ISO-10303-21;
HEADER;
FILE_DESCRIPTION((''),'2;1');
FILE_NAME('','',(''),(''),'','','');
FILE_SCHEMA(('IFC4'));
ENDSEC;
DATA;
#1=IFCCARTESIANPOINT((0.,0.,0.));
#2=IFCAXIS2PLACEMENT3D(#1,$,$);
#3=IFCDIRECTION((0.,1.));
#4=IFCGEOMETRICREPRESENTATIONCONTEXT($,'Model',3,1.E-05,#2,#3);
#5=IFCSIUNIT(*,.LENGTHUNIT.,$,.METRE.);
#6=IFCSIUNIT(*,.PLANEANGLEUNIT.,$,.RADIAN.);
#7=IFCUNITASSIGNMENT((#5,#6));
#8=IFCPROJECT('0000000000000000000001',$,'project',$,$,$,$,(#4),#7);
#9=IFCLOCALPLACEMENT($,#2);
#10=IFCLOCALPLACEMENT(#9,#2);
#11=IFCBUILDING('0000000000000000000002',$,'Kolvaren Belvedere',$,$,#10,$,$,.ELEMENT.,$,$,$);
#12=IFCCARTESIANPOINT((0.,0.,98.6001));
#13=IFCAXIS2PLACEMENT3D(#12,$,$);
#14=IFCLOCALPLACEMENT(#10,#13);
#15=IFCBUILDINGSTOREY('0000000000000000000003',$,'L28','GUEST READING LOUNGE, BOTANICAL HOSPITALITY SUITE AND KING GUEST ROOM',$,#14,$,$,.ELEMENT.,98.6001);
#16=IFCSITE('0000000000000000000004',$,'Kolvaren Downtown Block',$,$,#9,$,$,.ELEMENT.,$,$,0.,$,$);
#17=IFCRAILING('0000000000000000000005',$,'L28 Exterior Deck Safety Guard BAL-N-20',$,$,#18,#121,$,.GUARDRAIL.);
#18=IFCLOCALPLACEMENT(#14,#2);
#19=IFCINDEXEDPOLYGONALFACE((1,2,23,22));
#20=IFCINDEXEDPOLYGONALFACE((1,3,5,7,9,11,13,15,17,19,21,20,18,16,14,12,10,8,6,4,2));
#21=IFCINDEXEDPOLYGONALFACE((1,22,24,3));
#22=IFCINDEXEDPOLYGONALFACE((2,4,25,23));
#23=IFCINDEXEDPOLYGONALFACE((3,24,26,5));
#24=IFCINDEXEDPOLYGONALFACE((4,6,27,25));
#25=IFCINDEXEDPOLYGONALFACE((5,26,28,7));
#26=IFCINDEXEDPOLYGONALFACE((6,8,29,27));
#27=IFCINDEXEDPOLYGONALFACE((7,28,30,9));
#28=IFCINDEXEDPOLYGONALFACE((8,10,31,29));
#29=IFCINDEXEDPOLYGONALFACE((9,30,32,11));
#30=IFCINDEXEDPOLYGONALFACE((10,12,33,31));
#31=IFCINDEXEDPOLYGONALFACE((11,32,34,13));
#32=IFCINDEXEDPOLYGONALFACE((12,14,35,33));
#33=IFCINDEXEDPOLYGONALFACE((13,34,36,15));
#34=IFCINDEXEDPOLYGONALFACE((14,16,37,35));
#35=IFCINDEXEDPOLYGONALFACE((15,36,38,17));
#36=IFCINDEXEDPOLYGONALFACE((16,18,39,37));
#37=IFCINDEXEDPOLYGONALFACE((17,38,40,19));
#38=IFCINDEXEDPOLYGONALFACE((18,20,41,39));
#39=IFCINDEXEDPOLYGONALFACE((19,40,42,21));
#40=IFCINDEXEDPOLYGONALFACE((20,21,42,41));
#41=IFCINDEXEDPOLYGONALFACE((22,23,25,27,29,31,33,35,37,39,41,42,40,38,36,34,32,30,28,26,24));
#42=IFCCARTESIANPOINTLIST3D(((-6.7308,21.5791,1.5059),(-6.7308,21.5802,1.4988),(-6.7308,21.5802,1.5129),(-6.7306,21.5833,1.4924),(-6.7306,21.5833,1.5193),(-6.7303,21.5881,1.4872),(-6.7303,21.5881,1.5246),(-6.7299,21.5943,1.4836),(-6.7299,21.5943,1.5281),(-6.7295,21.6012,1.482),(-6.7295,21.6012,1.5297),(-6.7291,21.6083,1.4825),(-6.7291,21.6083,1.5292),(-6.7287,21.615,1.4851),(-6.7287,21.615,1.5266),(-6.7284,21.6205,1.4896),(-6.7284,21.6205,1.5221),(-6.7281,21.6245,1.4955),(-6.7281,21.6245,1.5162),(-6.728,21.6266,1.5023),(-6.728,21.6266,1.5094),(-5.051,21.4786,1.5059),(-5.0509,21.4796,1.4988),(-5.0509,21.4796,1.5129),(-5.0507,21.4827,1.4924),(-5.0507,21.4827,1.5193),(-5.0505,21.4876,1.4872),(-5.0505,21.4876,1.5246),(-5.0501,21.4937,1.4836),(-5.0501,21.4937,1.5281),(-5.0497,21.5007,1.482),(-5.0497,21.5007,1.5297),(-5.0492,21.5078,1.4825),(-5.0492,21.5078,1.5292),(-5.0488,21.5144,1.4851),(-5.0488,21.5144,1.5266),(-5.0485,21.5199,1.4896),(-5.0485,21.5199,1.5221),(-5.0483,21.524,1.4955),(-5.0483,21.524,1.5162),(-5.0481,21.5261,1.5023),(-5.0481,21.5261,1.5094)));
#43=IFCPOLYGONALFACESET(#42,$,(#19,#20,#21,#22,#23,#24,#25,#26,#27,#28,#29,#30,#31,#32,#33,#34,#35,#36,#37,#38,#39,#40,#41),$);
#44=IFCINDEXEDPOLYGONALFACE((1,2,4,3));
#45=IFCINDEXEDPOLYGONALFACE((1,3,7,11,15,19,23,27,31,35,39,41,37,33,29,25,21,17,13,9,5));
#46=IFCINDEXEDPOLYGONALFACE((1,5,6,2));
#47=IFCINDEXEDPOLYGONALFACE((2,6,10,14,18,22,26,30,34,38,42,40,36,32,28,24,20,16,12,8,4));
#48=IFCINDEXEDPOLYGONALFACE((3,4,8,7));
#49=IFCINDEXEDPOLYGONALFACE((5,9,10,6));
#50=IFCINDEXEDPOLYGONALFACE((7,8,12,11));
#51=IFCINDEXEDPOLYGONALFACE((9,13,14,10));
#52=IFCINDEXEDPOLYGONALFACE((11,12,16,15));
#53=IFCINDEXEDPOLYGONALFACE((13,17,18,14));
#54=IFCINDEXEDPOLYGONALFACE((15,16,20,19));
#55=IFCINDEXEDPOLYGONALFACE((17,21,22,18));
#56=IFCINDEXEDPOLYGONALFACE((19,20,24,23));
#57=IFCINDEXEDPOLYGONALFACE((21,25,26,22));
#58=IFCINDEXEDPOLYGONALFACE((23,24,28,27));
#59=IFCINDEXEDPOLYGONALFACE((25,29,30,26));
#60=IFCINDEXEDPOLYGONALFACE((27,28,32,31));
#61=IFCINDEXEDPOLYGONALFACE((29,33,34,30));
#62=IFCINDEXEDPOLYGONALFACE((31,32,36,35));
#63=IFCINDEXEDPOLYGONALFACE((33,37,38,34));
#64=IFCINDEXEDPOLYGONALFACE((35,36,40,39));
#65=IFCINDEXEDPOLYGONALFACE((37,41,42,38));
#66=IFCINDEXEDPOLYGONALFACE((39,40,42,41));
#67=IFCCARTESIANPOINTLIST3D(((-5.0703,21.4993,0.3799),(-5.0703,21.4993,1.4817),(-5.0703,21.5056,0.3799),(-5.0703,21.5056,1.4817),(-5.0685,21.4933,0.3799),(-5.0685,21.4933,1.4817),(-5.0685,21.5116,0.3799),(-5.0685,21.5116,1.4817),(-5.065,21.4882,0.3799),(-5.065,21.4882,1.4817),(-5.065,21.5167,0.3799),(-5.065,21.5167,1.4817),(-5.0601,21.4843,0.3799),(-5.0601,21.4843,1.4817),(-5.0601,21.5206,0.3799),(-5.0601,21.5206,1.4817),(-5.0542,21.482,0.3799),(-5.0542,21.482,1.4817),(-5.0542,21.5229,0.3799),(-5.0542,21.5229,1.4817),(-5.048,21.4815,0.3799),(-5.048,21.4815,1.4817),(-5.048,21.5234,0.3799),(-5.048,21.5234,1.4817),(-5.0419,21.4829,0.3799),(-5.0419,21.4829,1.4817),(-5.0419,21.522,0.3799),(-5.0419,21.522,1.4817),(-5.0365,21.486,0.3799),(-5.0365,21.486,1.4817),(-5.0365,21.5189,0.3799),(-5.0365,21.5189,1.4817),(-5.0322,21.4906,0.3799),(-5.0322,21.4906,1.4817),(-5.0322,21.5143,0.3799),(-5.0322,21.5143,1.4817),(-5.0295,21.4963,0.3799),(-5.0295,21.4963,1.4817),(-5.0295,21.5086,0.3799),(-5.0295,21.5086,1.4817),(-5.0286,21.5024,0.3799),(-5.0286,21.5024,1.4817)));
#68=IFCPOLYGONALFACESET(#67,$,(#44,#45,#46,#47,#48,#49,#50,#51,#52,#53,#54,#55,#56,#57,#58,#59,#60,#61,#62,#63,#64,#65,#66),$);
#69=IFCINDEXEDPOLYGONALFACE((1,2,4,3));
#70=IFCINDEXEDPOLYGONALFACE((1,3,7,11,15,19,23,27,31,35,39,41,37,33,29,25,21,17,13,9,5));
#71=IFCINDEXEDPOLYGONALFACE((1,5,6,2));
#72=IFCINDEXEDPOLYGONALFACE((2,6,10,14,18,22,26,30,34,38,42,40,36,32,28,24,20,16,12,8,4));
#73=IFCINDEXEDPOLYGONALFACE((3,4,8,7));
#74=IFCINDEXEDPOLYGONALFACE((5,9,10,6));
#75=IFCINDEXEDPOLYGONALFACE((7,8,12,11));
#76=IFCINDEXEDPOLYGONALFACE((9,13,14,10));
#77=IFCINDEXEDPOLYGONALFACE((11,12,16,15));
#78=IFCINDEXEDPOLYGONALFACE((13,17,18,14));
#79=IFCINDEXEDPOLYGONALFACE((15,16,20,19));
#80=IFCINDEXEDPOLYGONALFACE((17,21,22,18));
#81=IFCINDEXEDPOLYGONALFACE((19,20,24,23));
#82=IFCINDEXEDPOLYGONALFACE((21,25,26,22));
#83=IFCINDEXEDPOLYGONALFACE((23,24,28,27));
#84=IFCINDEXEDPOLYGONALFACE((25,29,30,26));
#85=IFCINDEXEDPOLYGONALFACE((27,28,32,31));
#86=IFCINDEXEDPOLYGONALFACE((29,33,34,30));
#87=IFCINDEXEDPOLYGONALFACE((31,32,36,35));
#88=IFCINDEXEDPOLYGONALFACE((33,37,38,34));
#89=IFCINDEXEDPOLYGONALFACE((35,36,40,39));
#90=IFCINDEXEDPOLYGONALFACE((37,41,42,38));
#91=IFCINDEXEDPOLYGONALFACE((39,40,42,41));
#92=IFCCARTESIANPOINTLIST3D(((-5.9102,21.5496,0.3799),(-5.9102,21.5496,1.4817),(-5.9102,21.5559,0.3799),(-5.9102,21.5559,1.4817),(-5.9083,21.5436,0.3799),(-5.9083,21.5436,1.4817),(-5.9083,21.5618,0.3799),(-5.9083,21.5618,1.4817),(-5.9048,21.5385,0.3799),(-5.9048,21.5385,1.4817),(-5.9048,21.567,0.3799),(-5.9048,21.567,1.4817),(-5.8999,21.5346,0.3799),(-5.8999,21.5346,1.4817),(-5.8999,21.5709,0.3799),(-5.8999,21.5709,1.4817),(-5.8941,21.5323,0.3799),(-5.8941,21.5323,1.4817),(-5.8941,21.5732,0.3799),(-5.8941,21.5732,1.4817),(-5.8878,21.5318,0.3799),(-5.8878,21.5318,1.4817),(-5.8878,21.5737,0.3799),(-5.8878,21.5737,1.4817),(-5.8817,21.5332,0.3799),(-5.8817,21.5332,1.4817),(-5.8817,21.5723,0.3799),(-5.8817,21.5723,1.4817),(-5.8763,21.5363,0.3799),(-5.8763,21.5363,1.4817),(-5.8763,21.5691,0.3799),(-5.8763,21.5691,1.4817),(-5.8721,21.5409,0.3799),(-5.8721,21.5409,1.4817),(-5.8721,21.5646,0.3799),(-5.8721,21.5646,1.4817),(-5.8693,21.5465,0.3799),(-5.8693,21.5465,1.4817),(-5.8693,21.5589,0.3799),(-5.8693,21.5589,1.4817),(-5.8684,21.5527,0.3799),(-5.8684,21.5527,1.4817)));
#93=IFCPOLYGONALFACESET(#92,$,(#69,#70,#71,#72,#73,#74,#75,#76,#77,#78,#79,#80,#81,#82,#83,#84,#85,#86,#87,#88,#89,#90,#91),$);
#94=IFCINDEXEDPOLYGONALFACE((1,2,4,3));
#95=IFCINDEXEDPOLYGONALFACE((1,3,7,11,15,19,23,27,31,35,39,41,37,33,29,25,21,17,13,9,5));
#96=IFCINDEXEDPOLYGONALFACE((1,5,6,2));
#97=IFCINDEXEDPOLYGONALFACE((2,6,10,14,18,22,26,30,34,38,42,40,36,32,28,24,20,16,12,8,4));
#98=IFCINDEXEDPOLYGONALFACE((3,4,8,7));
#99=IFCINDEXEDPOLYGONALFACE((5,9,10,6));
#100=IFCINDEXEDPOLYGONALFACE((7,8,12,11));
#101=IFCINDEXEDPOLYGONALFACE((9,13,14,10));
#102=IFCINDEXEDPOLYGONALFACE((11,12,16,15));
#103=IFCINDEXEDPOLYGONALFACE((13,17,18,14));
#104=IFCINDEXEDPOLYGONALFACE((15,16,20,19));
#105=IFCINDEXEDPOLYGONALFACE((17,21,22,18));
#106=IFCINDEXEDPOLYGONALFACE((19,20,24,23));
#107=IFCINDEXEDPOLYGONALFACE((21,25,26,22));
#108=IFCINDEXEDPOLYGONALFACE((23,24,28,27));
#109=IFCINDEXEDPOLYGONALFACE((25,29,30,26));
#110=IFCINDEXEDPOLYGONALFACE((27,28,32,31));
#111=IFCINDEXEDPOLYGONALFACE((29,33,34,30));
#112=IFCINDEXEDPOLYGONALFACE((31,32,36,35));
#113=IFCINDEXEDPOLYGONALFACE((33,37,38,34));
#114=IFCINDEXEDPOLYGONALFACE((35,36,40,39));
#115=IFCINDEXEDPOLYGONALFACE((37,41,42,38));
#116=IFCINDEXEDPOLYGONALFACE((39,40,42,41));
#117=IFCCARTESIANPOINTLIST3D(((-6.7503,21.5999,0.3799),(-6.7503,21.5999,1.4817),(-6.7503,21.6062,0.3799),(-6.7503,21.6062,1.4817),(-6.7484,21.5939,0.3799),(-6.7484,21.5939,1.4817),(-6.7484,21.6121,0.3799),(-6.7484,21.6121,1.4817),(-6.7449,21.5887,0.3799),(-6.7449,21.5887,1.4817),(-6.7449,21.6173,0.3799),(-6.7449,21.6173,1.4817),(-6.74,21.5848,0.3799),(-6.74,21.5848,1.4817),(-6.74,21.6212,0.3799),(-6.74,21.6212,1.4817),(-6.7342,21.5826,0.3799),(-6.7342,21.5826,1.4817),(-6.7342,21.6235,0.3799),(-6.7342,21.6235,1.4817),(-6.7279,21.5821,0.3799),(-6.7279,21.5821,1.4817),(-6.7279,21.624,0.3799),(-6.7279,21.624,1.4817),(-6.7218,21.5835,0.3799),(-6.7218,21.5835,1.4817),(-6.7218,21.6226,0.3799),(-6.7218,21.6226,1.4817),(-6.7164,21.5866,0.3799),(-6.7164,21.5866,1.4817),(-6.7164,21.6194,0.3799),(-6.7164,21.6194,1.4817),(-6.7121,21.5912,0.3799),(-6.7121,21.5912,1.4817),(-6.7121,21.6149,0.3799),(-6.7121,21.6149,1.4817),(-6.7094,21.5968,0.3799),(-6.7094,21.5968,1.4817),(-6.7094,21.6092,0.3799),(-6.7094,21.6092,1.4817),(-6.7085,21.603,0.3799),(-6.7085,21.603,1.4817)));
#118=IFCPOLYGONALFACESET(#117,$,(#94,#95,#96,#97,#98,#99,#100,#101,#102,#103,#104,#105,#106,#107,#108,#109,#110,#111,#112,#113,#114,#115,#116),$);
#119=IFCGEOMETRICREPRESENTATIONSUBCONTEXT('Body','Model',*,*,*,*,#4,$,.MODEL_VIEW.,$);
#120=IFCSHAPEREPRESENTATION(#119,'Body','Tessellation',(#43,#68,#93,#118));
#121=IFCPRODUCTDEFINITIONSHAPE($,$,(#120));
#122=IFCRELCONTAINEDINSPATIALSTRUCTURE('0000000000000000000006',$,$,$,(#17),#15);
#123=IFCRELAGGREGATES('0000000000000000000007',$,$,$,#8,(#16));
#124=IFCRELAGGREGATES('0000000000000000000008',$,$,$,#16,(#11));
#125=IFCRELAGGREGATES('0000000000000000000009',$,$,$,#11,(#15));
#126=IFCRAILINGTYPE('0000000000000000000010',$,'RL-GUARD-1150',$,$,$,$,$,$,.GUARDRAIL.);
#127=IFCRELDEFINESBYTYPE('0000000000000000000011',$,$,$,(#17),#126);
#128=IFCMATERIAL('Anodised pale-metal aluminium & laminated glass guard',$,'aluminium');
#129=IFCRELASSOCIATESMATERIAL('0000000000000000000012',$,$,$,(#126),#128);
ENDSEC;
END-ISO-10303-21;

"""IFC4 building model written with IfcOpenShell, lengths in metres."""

from ifc_helpers import new_model, si_unit, direction, frame, origin, origin_2d, place, context, subcontext, project, spatial, circle, extrude, material, type_object, element, save


model = new_model("IFC4")

# Units and contexts
model_context = context("Model", 3, precision=1e-05, world=origin(), true_north=direction((0.0, 1.0)))
body_context = subcontext(model_context, "Body", "Model", "MODEL_VIEW")
ifc_project = project(units=[si_unit("LENGTHUNIT", "METRE"), si_unit("PLANEANGLEUNIT", "RADIAN")], contexts=[model_context])

# Site, building, storey
site_placement = place(None, origin())
site = spatial("IfcSite", under=ifc_project, at=site_placement, Name="Kolvaren Downtown Block", CompositionType="ELEMENT", RefElevation=0.0)
building_placement = place(site_placement, origin())
building = spatial("IfcBuilding", under=site, at=building_placement, Name="Kolvaren Belvedere", CompositionType="ELEMENT")
storey_placement = place(building_placement, frame((0.0, 0.0, 98.6001)))
storey = spatial("IfcBuildingStorey", under=building, at=storey_placement, Name="L28", Description="GUEST READING LOUNGE, BOTANICAL HOSPITALITY SUITE AND KING GUEST ROOM", CompositionType="ELEMENT", Elevation=98.6001)

# Railing
ifc_material_1 = material(Name="Anodised pale-metal aluminium & laminated glass guard", Category="aluminium")
railing_type = type_object("IfcRailingType", Name="RL-GUARD-1150", PredefinedType="GUARDRAIL", material=ifc_material_1)
railing_1_placement = place(storey_placement, frame((-5.0496, 21.5024, 0.3799)))
element("IfcRailing", 1, at=railing_1_placement, inside=storey, type_object=railing_type, Name="L28 Exterior Deck Safety Guard BAL-N-20", PredefinedType="GUARDRAIL", context=body_context, shape_type="SweptSolid", body=[
    extrude(circle(Radius=0.0239, at=origin_2d()), frame((0.0, 0.0, 1.126), z_axis=(-0.998212, 0.059768, 0.0), x_axis=(-0.059768, -0.998212, 0.0)), (0.0, 0.0, 1.0), 1.6829),
    extrude(circle(Radius=0.021, at=origin_2d()), origin(), (0.0, 0.0, 1.0), 1.1018),
    extrude(circle(Radius=0.021, at=origin_2d()), frame((-0.8398, 0.0503, 0.0)), (0.0, 0.0, 1.0), 1.1018),
    extrude(circle(Radius=0.021, at=origin_2d()), frame((-1.6799, 0.1006, 0.0)), (0.0, 0.0, 1.0), 1.1018),
])

save(model, "model.ifc")
